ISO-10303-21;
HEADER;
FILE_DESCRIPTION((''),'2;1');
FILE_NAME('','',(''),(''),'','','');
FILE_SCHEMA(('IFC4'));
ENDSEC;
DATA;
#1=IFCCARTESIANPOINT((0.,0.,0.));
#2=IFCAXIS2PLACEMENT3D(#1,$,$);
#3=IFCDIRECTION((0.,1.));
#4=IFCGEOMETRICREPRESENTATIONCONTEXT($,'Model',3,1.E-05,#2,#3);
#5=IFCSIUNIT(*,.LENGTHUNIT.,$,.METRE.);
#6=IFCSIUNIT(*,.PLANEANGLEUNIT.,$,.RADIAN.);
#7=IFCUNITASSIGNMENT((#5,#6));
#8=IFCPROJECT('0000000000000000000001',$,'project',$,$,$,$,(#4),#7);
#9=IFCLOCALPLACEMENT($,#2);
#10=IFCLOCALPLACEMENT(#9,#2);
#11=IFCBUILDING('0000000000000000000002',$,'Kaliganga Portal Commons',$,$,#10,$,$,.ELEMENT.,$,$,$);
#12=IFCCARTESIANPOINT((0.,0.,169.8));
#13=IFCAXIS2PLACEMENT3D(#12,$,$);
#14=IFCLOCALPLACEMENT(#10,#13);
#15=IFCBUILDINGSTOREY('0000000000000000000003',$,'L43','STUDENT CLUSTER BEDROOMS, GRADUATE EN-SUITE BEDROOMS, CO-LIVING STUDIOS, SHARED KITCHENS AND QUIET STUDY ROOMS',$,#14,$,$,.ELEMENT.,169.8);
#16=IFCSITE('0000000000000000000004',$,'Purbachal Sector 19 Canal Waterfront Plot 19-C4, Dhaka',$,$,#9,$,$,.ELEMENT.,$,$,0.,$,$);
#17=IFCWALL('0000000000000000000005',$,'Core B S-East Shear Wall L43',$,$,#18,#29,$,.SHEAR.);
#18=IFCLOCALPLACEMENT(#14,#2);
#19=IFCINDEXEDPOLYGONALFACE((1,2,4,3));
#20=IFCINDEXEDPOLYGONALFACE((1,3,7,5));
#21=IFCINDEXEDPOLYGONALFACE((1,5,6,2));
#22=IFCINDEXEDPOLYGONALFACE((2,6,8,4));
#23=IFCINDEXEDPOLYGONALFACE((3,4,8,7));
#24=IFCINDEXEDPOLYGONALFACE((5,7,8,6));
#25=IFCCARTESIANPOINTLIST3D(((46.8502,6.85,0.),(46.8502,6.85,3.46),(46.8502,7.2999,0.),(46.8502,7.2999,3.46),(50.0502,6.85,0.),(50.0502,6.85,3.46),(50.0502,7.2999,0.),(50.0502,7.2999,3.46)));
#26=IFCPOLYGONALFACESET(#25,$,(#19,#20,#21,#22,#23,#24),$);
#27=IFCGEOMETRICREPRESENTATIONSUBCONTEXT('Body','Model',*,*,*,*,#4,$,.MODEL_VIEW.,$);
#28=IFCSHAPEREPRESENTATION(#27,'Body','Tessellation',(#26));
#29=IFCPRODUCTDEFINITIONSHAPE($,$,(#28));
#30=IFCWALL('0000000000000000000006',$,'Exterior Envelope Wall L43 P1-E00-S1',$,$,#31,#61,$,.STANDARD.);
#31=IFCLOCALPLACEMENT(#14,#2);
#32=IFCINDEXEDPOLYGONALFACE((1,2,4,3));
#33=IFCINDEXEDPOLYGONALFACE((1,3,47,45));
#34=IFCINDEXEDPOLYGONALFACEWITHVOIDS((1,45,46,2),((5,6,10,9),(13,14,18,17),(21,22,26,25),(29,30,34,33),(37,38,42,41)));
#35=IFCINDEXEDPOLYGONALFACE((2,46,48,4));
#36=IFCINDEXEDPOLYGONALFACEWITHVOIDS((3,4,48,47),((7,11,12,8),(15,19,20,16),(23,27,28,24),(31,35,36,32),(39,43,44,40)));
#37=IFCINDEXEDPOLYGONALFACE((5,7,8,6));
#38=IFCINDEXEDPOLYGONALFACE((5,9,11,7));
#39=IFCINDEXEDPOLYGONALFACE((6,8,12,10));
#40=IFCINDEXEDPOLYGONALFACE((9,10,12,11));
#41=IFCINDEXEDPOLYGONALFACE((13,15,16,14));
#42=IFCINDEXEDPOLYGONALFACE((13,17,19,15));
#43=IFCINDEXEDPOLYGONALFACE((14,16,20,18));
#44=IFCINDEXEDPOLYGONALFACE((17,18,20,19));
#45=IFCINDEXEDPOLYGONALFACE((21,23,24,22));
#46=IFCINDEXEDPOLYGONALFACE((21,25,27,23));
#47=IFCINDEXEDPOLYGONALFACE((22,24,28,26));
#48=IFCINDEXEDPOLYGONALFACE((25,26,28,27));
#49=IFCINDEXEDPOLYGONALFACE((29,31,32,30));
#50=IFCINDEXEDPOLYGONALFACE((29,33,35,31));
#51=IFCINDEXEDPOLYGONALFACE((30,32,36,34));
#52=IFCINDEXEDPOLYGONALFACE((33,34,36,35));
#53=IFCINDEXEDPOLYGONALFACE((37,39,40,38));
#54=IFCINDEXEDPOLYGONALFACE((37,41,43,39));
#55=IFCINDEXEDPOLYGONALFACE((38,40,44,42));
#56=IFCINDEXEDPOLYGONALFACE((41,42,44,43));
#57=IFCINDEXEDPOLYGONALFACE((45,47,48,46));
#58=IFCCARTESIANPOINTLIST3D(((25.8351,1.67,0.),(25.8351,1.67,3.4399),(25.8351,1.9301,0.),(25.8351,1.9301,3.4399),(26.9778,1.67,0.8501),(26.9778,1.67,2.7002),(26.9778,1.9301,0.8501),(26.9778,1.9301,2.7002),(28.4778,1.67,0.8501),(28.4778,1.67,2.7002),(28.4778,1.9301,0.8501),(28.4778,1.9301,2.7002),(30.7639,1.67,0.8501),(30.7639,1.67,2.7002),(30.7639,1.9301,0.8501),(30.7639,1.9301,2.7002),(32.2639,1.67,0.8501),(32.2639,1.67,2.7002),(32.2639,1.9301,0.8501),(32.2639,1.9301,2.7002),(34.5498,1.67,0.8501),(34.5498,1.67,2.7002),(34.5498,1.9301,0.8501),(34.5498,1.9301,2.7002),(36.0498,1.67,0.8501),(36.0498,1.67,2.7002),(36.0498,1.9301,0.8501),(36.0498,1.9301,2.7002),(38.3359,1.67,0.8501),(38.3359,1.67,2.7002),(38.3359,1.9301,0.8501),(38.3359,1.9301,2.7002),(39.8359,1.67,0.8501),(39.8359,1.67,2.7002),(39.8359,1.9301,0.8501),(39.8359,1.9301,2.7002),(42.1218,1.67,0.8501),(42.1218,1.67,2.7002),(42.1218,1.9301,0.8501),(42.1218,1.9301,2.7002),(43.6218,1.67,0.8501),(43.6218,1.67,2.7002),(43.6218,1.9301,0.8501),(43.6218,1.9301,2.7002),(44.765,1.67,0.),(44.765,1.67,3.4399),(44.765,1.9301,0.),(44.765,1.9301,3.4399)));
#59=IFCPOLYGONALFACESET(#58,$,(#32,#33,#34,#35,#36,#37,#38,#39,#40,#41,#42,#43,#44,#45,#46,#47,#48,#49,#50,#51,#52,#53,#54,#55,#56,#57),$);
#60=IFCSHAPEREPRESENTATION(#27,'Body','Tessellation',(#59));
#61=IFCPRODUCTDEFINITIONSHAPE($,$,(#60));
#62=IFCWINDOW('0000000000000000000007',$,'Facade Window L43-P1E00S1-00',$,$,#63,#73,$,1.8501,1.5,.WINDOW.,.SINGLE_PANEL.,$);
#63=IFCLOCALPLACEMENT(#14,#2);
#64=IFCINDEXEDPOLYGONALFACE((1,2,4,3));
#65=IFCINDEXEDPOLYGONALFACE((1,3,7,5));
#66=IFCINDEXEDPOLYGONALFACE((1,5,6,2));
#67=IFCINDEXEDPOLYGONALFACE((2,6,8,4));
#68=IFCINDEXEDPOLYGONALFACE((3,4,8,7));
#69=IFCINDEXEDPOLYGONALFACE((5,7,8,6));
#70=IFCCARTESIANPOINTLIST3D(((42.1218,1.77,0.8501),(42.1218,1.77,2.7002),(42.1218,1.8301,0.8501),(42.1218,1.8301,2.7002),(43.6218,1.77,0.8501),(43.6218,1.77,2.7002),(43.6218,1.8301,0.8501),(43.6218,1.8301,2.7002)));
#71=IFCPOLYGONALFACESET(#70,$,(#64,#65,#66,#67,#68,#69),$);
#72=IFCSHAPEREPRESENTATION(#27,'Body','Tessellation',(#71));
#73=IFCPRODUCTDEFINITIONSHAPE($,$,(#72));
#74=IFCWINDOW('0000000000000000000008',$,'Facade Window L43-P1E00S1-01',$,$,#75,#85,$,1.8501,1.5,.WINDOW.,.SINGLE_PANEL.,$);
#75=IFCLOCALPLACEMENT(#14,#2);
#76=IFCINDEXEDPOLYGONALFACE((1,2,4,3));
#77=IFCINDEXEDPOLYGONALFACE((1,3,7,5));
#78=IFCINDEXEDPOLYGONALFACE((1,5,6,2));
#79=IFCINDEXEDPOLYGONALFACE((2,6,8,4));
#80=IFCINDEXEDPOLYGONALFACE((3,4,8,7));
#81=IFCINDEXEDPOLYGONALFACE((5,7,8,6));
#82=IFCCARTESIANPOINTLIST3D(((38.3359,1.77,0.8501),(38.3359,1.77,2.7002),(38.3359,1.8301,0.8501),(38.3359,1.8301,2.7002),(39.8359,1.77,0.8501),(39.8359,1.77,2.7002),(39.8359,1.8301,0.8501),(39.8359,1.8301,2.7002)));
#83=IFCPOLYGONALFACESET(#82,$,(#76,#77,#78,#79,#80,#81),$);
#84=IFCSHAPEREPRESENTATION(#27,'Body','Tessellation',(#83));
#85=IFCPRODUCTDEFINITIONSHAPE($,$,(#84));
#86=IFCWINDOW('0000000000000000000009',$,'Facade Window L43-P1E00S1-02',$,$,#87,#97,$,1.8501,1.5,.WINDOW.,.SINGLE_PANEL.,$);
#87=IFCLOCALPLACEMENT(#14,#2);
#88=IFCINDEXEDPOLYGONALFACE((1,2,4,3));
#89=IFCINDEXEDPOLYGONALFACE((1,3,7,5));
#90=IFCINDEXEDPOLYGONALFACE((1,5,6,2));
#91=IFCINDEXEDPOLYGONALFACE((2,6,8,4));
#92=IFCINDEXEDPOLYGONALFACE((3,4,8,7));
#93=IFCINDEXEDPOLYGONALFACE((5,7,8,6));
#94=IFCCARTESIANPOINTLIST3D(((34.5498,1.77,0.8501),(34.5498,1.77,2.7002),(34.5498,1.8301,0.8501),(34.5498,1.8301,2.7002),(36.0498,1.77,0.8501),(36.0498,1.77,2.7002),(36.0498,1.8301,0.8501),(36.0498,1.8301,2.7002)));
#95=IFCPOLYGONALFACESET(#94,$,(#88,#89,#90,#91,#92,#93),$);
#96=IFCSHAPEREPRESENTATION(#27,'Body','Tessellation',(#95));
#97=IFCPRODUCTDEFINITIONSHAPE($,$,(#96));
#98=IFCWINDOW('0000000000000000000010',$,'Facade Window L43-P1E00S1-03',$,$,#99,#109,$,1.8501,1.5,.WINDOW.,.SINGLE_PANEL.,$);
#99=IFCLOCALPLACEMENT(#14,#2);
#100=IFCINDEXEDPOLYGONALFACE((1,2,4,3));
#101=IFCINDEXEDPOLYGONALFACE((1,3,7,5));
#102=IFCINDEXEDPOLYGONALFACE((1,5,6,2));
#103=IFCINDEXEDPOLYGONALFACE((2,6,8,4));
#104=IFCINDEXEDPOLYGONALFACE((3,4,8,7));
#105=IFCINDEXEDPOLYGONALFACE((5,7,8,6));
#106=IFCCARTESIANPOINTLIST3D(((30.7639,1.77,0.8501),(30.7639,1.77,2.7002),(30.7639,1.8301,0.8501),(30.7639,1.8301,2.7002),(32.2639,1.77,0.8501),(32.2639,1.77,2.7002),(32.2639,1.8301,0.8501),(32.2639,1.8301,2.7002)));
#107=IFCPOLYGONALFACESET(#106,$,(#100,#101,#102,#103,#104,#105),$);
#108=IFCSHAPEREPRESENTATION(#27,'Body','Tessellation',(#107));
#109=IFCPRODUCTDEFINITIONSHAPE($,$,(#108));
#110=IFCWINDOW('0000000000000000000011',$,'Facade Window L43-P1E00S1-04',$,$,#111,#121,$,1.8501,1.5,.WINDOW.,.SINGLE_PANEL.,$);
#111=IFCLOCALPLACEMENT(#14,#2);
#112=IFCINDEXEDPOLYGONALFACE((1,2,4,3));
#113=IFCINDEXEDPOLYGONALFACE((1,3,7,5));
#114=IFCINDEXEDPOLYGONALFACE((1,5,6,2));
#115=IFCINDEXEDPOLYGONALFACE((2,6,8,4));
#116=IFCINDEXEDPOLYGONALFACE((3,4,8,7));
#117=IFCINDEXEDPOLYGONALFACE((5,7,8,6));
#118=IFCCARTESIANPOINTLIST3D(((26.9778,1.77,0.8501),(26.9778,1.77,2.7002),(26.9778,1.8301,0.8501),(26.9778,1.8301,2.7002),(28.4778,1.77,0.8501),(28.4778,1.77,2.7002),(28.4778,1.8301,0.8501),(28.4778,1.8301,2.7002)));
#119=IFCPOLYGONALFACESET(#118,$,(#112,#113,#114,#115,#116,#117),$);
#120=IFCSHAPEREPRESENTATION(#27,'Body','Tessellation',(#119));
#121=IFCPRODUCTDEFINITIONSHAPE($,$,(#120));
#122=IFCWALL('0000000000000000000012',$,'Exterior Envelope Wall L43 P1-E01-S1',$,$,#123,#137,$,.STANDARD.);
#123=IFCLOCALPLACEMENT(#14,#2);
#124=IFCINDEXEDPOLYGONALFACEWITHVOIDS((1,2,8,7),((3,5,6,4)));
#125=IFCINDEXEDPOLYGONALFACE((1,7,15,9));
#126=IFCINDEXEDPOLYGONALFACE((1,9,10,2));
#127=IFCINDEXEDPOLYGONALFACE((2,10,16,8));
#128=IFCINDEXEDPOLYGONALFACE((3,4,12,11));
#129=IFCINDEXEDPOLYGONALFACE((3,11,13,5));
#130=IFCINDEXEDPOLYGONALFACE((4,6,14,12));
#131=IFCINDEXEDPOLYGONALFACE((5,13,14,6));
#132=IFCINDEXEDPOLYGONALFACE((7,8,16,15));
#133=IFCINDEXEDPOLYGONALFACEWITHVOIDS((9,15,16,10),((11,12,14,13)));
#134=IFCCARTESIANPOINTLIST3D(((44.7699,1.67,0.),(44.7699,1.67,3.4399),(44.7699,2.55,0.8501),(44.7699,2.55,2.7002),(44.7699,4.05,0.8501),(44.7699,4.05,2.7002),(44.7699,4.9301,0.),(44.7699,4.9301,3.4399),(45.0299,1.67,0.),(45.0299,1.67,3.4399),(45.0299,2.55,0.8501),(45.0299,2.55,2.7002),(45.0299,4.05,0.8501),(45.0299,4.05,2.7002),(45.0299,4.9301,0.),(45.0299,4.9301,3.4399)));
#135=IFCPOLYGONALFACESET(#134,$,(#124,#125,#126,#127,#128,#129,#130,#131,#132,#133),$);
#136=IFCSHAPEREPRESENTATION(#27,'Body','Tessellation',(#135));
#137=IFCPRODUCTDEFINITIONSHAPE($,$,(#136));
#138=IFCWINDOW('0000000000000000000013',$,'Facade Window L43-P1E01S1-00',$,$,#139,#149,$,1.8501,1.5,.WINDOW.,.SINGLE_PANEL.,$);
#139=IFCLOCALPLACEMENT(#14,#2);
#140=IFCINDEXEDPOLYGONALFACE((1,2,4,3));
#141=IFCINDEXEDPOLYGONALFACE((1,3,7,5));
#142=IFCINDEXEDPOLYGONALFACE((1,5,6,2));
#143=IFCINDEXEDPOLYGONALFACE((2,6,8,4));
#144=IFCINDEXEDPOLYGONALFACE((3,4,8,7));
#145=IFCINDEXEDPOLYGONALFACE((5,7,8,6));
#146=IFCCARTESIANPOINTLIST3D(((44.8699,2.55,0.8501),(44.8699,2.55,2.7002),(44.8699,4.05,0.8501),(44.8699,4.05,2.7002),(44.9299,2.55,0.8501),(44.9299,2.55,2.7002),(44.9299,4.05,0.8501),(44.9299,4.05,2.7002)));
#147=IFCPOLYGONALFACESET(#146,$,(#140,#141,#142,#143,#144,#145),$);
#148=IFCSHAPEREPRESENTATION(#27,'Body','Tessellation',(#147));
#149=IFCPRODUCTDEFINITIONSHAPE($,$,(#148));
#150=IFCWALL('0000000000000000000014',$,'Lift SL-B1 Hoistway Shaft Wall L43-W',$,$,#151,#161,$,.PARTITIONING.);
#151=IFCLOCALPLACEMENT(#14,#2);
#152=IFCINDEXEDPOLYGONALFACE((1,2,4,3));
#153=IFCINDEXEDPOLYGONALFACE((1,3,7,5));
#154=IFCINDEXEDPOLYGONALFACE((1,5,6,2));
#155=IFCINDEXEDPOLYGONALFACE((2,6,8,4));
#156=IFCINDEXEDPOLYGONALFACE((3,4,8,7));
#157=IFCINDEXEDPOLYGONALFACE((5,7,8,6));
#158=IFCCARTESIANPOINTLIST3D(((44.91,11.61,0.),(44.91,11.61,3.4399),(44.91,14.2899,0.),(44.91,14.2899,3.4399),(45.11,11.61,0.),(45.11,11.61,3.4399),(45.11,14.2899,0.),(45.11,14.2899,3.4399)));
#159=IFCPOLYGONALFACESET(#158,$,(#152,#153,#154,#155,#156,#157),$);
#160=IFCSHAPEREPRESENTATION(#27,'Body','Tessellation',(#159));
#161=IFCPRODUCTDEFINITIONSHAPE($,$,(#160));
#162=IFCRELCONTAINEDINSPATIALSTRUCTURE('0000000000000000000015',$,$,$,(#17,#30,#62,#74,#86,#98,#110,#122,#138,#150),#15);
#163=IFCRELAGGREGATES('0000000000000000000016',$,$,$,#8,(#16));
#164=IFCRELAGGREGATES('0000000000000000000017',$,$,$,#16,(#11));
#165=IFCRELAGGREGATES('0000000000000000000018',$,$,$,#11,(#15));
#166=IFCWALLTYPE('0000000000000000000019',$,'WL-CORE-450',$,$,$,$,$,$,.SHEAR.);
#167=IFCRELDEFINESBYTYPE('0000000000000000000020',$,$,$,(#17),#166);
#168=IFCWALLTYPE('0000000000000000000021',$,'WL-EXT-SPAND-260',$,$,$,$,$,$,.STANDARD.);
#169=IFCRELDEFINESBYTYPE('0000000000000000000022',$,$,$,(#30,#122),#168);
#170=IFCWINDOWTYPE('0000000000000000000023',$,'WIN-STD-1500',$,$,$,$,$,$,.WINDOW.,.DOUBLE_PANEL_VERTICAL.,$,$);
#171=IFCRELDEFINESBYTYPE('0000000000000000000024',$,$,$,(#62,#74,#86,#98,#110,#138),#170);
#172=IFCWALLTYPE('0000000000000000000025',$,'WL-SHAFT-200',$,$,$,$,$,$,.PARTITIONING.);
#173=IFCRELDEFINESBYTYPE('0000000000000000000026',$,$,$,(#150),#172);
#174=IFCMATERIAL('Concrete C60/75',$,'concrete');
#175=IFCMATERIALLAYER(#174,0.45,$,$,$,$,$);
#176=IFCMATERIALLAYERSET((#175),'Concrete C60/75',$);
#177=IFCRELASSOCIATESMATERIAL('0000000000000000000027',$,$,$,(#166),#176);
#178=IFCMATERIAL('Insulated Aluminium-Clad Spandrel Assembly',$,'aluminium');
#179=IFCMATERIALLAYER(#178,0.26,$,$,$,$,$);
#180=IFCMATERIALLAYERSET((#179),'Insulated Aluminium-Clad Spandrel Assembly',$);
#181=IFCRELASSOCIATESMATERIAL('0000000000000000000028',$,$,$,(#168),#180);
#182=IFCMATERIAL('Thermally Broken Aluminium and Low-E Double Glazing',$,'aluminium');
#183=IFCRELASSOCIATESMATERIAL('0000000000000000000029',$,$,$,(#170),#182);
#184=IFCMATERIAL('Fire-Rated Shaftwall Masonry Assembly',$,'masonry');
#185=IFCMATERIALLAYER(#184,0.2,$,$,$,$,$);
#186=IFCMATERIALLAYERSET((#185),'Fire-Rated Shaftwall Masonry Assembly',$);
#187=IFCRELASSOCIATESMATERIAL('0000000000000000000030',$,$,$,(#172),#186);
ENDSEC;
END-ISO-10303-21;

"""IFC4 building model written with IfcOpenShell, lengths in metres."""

from ifc_helpers import new_model, si_unit, direction, frame, frame_2d, origin, place, context, subcontext, project, spatial, rectangle, extrude, material, layer, layer_set, type_object, element, fill, save


model = new_model("IFC4")

# Units and contexts
model_context = context("Model", 3, precision=1e-05, world=origin(), true_north=direction((0.0, 1.0)))
body_context = subcontext(model_context, "Body", "Model", "MODEL_VIEW")
ifc_project = project(units=[si_unit("LENGTHUNIT", "METRE"), si_unit("PLANEANGLEUNIT", "RADIAN")], contexts=[model_context])

# Site, building, storey
site_placement = place(None, origin())
site = spatial("IfcSite", under=ifc_project, at=site_placement, Name="Purbachal Sector 19 Canal Waterfront Plot 19-C4, Dhaka", CompositionType="ELEMENT", RefElevation=0.0)
building_placement = place(site_placement, origin())
building = spatial("IfcBuilding", under=site, at=building_placement, Name="Kaliganga Portal Commons", CompositionType="ELEMENT")
storey_placement = place(building_placement, frame((0.0, 0.0, 169.8)))
storey = spatial("IfcBuildingStorey", under=building, at=storey_placement, Name="L43", Description="STUDENT CLUSTER BEDROOMS, GRADUATE EN-SUITE BEDROOMS, CO-LIVING STUDIOS, SHARED KITCHENS AND QUIET STUDY ROOMS", CompositionType="ELEMENT", Elevation=169.8)

# Wall
ifc_material_1 = material(Name="Concrete C60/75", Category="concrete")
ifc_layer_1 = layer(ifc_material_1, 0.45)
ifc_layer_set_1 = layer_set([ifc_layer_1], Name="Concrete C60/75")
wall_type_1 = type_object("IfcWallType", Name="WL-CORE-450", PredefinedType="SHEAR", material=ifc_layer_set_1)
wall_1_placement = place(storey_placement, frame((46.8501, 7.075, 0.0), z_axis=(0.0, 0.0, 1.0), x_axis=(1.0, 0.0, 0.0)))
element("IfcWall", 1, at=wall_1_placement, inside=storey, type_object=wall_type_1, Name="Core B S-East Shear Wall L43", PredefinedType="SHEAR", context=body_context, shape_type="SweptSolid", body=[
    extrude(rectangle(XDim=3.2, YDim=0.45, at=frame_2d((1.6001, 0.0))), origin(), (0.0, 0.0, 1.0), 3.46),
])

# Wall, openings, windows
ifc_material_2 = material(Name="Insulated Aluminium-Clad Spandrel Assembly", Category="aluminium")
ifc_layer_2 = layer(ifc_material_2, 0.26)
ifc_layer_set_2 = layer_set([ifc_layer_2], Name="Insulated Aluminium-Clad Spandrel Assembly")
wall_type_2 = type_object("IfcWallType", Name="WL-EXT-SPAND-260", PredefinedType="STANDARD", material=ifc_layer_set_2)
wall_2_placement = place(storey_placement, frame((44.7649, 1.8, 0.0), z_axis=(0.0, 0.0, 1.0), x_axis=(-1.0, 0.0, 0.0)))
wall_2 = element("IfcWall", 2, at=wall_2_placement, inside=storey, type_object=wall_type_2, Name="Exterior Envelope Wall L43 P1-E00-S1", PredefinedType="STANDARD", context=body_context, shape_type="SweptSolid", body=[
    extrude(rectangle(XDim=18.9299, YDim=0.26, at=frame_2d((9.4648, 0.0))), origin(), (0.0, 0.0, 1.0), 3.4399),
])
opening_1_placement = place(wall_2_placement, frame((1.1431, 0.0, 0.8501)))
opening_1 = element("IfcOpeningElement", 3, at=opening_1_placement, cuts=wall_2, PredefinedType="OPENING", context=body_context, shape_type="SweptSolid", body=[
    extrude(rectangle(XDim=1.5, YDim=1.8501, at=frame_2d((0.75, 0.925))), frame((0.0, 0.1401, 0.0), z_axis=(0.0, -1.0, 0.0), x_axis=(1.0, 0.0, 0.0)), (0.0, 0.0, 1.0), 0.28),
])
opening_2_placement = place(wall_2_placement, frame((4.929, 0.0, 0.8501)))
opening_2 = element("IfcOpeningElement", 4, at=opening_2_placement, cuts=wall_2, PredefinedType="OPENING", context=body_context, shape_type="SweptSolid", body=[
    extrude(rectangle(XDim=1.5, YDim=1.8501, at=frame_2d((0.75, 0.925))), frame((0.0, 0.1401, 0.0), z_axis=(0.0, -1.0, 0.0), x_axis=(1.0, 0.0, 0.0)), (0.0, 0.0, 1.0), 0.28),
])
opening_3_placement = place(wall_2_placement, frame((8.7151, 0.0, 0.8501)))
opening_3 = element("IfcOpeningElement", 5, at=opening_3_placement, cuts=wall_2, PredefinedType="OPENING", context=body_context, shape_type="SweptSolid", body=[
    extrude(rectangle(XDim=1.5, YDim=1.8501, at=frame_2d((0.75, 0.925))), frame((0.0, 0.1401, 0.0), z_axis=(0.0, -1.0, 0.0), x_axis=(1.0, 0.0, 0.0)), (0.0, 0.0, 1.0), 0.28),
])
opening_4_placement = place(wall_2_placement, frame((12.501, 0.0, 0.8501)))
opening_4 = element("IfcOpeningElement", 6, at=opening_4_placement, cuts=wall_2, PredefinedType="OPENING", context=body_context, shape_type="SweptSolid", body=[
    extrude(rectangle(XDim=1.5, YDim=1.8501, at=frame_2d((0.75, 0.925))), frame((0.0, 0.1401, 0.0), z_axis=(0.0, -1.0, 0.0), x_axis=(1.0, 0.0, 0.0)), (0.0, 0.0, 1.0), 0.28),
])
opening_5_placement = place(wall_2_placement, frame((16.2871, 0.0, 0.8501)))
opening_5 = element("IfcOpeningElement", 7, at=opening_5_placement, cuts=wall_2, PredefinedType="OPENING", context=body_context, shape_type="SweptSolid", body=[
    extrude(rectangle(XDim=1.5, YDim=1.8501, at=frame_2d((0.75, 0.925))), frame((0.0, 0.1401, 0.0), z_axis=(0.0, -1.0, 0.0), x_axis=(1.0, 0.0, 0.0)), (0.0, 0.0, 1.0), 0.28),
])
ifc_material_3 = material(Name="Thermally Broken Aluminium and Low-E Double Glazing", Category="aluminium")
window_type = type_object("IfcWindowType", Name="WIN-STD-1500", PartitioningType="DOUBLE_PANEL_VERTICAL", PredefinedType="WINDOW", material=ifc_material_3)
window_1_placement = place(opening_1_placement, origin())
window_1 = element("IfcWindow", 8, at=window_1_placement, inside=storey, type_object=window_type, Name="Facade Window L43-P1E00S1-00", OverallHeight=1.8501, OverallWidth=1.5, PartitioningType="SINGLE_PANEL", PredefinedType="WINDOW", context=body_context, shape_type="SweptSolid", body=[
    extrude(rectangle(XDim=1.5, YDim=1.8501, at=frame_2d((0.75, 0.925))), frame((0.0, 0.03, 0.0), z_axis=(0.0, -1.0, 0.0), x_axis=(1.0, 0.0, 0.0)), (0.0, 0.0, 1.0), 0.0601),
])
fill(opening_1, window_1)
window_2_placement = place(opening_2_placement, origin())
window_2 = element("IfcWindow", 9, at=window_2_placement, inside=storey, type_object=window_type, Name="Facade Window L43-P1E00S1-01", OverallHeight=1.8501, OverallWidth=1.5, PartitioningType="SINGLE_PANEL", PredefinedType="WINDOW", context=body_context, shape_type="SweptSolid", body=[
    extrude(rectangle(XDim=1.5, YDim=1.8501, at=frame_2d((0.75, 0.925))), frame((0.0, 0.03, 0.0), z_axis=(0.0, -1.0, 0.0), x_axis=(1.0, 0.0, 0.0)), (0.0, 0.0, 1.0), 0.0601),
])
fill(opening_2, window_2)
window_3_placement = place(opening_3_placement, origin())
window_3 = element("IfcWindow", 10, at=window_3_placement, inside=storey, type_object=window_type, Name="Facade Window L43-P1E00S1-02", OverallHeight=1.8501, OverallWidth=1.5, PartitioningType="SINGLE_PANEL", PredefinedType="WINDOW", context=body_context, shape_type="SweptSolid", body=[
    extrude(rectangle(XDim=1.5, YDim=1.8501, at=frame_2d((0.75, 0.925))), frame((0.0, 0.03, 0.0), z_axis=(0.0, -1.0, 0.0), x_axis=(1.0, 0.0, 0.0)), (0.0, 0.0, 1.0), 0.0601),
])
fill(opening_3, window_3)
window_4_placement = place(opening_4_placement, origin())
window_4 = element("IfcWindow", 11, at=window_4_placement, inside=storey, type_object=window_type, Name="Facade Window L43-P1E00S1-03", OverallHeight=1.8501, OverallWidth=1.5, PartitioningType="SINGLE_PANEL", PredefinedType="WINDOW", context=body_context, shape_type="SweptSolid", body=[
    extrude(rectangle(XDim=1.5, YDim=1.8501, at=frame_2d((0.75, 0.925))), frame((0.0, 0.03, 0.0), z_axis=(0.0, -1.0, 0.0), x_axis=(1.0, 0.0, 0.0)), (0.0, 0.0, 1.0), 0.0601),
])
fill(opening_4, window_4)
window_5_placement = place(opening_5_placement, origin())
window_5 = element("IfcWindow", 12, at=window_5_placement, inside=storey, type_object=window_type, Name="Facade Window L43-P1E00S1-04", OverallHeight=1.8501, OverallWidth=1.5, PartitioningType="SINGLE_PANEL", PredefinedType="WINDOW", context=body_context, shape_type="SweptSolid", body=[
    extrude(rectangle(XDim=1.5, YDim=1.8501, at=frame_2d((0.75, 0.925))), frame((0.0, 0.03, 0.0), z_axis=(0.0, -1.0, 0.0), x_axis=(1.0, 0.0, 0.0)), (0.0, 0.0, 1.0), 0.0601),
])
fill(opening_5, window_5)

# Wall, opening, window
wall_3_placement = place(storey_placement, frame((44.8999, 4.9299, 0.0), z_axis=(0.0, 0.0, 1.0), x_axis=(0.0, -1.0, 0.0)))
wall_3 = element("IfcWall", 13, at=wall_3_placement, inside=storey, type_object=wall_type_2, Name="Exterior Envelope Wall L43 P1-E01-S1", PredefinedType="STANDARD", context=body_context, shape_type="SweptSolid", body=[
    extrude(rectangle(XDim=3.26, YDim=0.26, at=frame_2d((1.6299, 0.0))), origin(), (0.0, 0.0, 1.0), 3.4399),
])
opening_6_placement = place(wall_3_placement, frame((0.8799, 0.0, 0.8501)))
opening_6 = element("IfcOpeningElement", 14, at=opening_6_placement, cuts=wall_3, PredefinedType="OPENING", context=body_context, shape_type="SweptSolid", body=[
    extrude(rectangle(XDim=1.5, YDim=1.8501, at=frame_2d((0.75, 0.925))), frame((0.0, 0.1401, 0.0), z_axis=(0.0, -1.0, 0.0), x_axis=(1.0, 0.0, 0.0)), (0.0, 0.0, 1.0), 0.28),
])
window_6_placement = place(opening_6_placement, origin())
window_6 = element("IfcWindow", 15, at=window_6_placement, inside=storey, type_object=window_type, Name="Facade Window L43-P1E01S1-00", OverallHeight=1.8501, OverallWidth=1.5, PartitioningType="SINGLE_PANEL", PredefinedType="WINDOW", context=body_context, shape_type="SweptSolid", body=[
    extrude(rectangle(XDim=1.5, YDim=1.8501, at=frame_2d((0.75, 0.925))), frame((0.0, 0.03, 0.0), z_axis=(0.0, -1.0, 0.0), x_axis=(1.0, 0.0, 0.0)), (0.0, 0.0, 1.0), 0.0601),
])
fill(opening_6, window_6)

# Wall
ifc_material_4 = material(Name="Fire-Rated Shaftwall Masonry Assembly", Category="masonry")
ifc_layer_3 = layer(ifc_material_4, 0.2)
ifc_layer_set_3 = layer_set([ifc_layer_3], Name="Fire-Rated Shaftwall Masonry Assembly")
wall_type_3 = type_object("IfcWallType", Name="WL-SHAFT-200", PredefinedType="PARTITIONING", material=ifc_layer_set_3)
wall_4_placement = place(storey_placement, frame((45.01, 11.6101, 0.0), z_axis=(0.0, 0.0, 1.0), x_axis=(0.0, 1.0, 0.0)))
element("IfcWall", 16, at=wall_4_placement, inside=storey, type_object=wall_type_3, Name="Lift SL-B1 Hoistway Shaft Wall L43-W", PredefinedType="PARTITIONING", context=body_context, shape_type="SweptSolid", body=[
    extrude(rectangle(XDim=2.6799, YDim=0.2, at=frame_2d((1.3398, 0.0))), origin(), (0.0, 0.0, 1.0), 3.4399),
])

save(model, "model.ifc")
